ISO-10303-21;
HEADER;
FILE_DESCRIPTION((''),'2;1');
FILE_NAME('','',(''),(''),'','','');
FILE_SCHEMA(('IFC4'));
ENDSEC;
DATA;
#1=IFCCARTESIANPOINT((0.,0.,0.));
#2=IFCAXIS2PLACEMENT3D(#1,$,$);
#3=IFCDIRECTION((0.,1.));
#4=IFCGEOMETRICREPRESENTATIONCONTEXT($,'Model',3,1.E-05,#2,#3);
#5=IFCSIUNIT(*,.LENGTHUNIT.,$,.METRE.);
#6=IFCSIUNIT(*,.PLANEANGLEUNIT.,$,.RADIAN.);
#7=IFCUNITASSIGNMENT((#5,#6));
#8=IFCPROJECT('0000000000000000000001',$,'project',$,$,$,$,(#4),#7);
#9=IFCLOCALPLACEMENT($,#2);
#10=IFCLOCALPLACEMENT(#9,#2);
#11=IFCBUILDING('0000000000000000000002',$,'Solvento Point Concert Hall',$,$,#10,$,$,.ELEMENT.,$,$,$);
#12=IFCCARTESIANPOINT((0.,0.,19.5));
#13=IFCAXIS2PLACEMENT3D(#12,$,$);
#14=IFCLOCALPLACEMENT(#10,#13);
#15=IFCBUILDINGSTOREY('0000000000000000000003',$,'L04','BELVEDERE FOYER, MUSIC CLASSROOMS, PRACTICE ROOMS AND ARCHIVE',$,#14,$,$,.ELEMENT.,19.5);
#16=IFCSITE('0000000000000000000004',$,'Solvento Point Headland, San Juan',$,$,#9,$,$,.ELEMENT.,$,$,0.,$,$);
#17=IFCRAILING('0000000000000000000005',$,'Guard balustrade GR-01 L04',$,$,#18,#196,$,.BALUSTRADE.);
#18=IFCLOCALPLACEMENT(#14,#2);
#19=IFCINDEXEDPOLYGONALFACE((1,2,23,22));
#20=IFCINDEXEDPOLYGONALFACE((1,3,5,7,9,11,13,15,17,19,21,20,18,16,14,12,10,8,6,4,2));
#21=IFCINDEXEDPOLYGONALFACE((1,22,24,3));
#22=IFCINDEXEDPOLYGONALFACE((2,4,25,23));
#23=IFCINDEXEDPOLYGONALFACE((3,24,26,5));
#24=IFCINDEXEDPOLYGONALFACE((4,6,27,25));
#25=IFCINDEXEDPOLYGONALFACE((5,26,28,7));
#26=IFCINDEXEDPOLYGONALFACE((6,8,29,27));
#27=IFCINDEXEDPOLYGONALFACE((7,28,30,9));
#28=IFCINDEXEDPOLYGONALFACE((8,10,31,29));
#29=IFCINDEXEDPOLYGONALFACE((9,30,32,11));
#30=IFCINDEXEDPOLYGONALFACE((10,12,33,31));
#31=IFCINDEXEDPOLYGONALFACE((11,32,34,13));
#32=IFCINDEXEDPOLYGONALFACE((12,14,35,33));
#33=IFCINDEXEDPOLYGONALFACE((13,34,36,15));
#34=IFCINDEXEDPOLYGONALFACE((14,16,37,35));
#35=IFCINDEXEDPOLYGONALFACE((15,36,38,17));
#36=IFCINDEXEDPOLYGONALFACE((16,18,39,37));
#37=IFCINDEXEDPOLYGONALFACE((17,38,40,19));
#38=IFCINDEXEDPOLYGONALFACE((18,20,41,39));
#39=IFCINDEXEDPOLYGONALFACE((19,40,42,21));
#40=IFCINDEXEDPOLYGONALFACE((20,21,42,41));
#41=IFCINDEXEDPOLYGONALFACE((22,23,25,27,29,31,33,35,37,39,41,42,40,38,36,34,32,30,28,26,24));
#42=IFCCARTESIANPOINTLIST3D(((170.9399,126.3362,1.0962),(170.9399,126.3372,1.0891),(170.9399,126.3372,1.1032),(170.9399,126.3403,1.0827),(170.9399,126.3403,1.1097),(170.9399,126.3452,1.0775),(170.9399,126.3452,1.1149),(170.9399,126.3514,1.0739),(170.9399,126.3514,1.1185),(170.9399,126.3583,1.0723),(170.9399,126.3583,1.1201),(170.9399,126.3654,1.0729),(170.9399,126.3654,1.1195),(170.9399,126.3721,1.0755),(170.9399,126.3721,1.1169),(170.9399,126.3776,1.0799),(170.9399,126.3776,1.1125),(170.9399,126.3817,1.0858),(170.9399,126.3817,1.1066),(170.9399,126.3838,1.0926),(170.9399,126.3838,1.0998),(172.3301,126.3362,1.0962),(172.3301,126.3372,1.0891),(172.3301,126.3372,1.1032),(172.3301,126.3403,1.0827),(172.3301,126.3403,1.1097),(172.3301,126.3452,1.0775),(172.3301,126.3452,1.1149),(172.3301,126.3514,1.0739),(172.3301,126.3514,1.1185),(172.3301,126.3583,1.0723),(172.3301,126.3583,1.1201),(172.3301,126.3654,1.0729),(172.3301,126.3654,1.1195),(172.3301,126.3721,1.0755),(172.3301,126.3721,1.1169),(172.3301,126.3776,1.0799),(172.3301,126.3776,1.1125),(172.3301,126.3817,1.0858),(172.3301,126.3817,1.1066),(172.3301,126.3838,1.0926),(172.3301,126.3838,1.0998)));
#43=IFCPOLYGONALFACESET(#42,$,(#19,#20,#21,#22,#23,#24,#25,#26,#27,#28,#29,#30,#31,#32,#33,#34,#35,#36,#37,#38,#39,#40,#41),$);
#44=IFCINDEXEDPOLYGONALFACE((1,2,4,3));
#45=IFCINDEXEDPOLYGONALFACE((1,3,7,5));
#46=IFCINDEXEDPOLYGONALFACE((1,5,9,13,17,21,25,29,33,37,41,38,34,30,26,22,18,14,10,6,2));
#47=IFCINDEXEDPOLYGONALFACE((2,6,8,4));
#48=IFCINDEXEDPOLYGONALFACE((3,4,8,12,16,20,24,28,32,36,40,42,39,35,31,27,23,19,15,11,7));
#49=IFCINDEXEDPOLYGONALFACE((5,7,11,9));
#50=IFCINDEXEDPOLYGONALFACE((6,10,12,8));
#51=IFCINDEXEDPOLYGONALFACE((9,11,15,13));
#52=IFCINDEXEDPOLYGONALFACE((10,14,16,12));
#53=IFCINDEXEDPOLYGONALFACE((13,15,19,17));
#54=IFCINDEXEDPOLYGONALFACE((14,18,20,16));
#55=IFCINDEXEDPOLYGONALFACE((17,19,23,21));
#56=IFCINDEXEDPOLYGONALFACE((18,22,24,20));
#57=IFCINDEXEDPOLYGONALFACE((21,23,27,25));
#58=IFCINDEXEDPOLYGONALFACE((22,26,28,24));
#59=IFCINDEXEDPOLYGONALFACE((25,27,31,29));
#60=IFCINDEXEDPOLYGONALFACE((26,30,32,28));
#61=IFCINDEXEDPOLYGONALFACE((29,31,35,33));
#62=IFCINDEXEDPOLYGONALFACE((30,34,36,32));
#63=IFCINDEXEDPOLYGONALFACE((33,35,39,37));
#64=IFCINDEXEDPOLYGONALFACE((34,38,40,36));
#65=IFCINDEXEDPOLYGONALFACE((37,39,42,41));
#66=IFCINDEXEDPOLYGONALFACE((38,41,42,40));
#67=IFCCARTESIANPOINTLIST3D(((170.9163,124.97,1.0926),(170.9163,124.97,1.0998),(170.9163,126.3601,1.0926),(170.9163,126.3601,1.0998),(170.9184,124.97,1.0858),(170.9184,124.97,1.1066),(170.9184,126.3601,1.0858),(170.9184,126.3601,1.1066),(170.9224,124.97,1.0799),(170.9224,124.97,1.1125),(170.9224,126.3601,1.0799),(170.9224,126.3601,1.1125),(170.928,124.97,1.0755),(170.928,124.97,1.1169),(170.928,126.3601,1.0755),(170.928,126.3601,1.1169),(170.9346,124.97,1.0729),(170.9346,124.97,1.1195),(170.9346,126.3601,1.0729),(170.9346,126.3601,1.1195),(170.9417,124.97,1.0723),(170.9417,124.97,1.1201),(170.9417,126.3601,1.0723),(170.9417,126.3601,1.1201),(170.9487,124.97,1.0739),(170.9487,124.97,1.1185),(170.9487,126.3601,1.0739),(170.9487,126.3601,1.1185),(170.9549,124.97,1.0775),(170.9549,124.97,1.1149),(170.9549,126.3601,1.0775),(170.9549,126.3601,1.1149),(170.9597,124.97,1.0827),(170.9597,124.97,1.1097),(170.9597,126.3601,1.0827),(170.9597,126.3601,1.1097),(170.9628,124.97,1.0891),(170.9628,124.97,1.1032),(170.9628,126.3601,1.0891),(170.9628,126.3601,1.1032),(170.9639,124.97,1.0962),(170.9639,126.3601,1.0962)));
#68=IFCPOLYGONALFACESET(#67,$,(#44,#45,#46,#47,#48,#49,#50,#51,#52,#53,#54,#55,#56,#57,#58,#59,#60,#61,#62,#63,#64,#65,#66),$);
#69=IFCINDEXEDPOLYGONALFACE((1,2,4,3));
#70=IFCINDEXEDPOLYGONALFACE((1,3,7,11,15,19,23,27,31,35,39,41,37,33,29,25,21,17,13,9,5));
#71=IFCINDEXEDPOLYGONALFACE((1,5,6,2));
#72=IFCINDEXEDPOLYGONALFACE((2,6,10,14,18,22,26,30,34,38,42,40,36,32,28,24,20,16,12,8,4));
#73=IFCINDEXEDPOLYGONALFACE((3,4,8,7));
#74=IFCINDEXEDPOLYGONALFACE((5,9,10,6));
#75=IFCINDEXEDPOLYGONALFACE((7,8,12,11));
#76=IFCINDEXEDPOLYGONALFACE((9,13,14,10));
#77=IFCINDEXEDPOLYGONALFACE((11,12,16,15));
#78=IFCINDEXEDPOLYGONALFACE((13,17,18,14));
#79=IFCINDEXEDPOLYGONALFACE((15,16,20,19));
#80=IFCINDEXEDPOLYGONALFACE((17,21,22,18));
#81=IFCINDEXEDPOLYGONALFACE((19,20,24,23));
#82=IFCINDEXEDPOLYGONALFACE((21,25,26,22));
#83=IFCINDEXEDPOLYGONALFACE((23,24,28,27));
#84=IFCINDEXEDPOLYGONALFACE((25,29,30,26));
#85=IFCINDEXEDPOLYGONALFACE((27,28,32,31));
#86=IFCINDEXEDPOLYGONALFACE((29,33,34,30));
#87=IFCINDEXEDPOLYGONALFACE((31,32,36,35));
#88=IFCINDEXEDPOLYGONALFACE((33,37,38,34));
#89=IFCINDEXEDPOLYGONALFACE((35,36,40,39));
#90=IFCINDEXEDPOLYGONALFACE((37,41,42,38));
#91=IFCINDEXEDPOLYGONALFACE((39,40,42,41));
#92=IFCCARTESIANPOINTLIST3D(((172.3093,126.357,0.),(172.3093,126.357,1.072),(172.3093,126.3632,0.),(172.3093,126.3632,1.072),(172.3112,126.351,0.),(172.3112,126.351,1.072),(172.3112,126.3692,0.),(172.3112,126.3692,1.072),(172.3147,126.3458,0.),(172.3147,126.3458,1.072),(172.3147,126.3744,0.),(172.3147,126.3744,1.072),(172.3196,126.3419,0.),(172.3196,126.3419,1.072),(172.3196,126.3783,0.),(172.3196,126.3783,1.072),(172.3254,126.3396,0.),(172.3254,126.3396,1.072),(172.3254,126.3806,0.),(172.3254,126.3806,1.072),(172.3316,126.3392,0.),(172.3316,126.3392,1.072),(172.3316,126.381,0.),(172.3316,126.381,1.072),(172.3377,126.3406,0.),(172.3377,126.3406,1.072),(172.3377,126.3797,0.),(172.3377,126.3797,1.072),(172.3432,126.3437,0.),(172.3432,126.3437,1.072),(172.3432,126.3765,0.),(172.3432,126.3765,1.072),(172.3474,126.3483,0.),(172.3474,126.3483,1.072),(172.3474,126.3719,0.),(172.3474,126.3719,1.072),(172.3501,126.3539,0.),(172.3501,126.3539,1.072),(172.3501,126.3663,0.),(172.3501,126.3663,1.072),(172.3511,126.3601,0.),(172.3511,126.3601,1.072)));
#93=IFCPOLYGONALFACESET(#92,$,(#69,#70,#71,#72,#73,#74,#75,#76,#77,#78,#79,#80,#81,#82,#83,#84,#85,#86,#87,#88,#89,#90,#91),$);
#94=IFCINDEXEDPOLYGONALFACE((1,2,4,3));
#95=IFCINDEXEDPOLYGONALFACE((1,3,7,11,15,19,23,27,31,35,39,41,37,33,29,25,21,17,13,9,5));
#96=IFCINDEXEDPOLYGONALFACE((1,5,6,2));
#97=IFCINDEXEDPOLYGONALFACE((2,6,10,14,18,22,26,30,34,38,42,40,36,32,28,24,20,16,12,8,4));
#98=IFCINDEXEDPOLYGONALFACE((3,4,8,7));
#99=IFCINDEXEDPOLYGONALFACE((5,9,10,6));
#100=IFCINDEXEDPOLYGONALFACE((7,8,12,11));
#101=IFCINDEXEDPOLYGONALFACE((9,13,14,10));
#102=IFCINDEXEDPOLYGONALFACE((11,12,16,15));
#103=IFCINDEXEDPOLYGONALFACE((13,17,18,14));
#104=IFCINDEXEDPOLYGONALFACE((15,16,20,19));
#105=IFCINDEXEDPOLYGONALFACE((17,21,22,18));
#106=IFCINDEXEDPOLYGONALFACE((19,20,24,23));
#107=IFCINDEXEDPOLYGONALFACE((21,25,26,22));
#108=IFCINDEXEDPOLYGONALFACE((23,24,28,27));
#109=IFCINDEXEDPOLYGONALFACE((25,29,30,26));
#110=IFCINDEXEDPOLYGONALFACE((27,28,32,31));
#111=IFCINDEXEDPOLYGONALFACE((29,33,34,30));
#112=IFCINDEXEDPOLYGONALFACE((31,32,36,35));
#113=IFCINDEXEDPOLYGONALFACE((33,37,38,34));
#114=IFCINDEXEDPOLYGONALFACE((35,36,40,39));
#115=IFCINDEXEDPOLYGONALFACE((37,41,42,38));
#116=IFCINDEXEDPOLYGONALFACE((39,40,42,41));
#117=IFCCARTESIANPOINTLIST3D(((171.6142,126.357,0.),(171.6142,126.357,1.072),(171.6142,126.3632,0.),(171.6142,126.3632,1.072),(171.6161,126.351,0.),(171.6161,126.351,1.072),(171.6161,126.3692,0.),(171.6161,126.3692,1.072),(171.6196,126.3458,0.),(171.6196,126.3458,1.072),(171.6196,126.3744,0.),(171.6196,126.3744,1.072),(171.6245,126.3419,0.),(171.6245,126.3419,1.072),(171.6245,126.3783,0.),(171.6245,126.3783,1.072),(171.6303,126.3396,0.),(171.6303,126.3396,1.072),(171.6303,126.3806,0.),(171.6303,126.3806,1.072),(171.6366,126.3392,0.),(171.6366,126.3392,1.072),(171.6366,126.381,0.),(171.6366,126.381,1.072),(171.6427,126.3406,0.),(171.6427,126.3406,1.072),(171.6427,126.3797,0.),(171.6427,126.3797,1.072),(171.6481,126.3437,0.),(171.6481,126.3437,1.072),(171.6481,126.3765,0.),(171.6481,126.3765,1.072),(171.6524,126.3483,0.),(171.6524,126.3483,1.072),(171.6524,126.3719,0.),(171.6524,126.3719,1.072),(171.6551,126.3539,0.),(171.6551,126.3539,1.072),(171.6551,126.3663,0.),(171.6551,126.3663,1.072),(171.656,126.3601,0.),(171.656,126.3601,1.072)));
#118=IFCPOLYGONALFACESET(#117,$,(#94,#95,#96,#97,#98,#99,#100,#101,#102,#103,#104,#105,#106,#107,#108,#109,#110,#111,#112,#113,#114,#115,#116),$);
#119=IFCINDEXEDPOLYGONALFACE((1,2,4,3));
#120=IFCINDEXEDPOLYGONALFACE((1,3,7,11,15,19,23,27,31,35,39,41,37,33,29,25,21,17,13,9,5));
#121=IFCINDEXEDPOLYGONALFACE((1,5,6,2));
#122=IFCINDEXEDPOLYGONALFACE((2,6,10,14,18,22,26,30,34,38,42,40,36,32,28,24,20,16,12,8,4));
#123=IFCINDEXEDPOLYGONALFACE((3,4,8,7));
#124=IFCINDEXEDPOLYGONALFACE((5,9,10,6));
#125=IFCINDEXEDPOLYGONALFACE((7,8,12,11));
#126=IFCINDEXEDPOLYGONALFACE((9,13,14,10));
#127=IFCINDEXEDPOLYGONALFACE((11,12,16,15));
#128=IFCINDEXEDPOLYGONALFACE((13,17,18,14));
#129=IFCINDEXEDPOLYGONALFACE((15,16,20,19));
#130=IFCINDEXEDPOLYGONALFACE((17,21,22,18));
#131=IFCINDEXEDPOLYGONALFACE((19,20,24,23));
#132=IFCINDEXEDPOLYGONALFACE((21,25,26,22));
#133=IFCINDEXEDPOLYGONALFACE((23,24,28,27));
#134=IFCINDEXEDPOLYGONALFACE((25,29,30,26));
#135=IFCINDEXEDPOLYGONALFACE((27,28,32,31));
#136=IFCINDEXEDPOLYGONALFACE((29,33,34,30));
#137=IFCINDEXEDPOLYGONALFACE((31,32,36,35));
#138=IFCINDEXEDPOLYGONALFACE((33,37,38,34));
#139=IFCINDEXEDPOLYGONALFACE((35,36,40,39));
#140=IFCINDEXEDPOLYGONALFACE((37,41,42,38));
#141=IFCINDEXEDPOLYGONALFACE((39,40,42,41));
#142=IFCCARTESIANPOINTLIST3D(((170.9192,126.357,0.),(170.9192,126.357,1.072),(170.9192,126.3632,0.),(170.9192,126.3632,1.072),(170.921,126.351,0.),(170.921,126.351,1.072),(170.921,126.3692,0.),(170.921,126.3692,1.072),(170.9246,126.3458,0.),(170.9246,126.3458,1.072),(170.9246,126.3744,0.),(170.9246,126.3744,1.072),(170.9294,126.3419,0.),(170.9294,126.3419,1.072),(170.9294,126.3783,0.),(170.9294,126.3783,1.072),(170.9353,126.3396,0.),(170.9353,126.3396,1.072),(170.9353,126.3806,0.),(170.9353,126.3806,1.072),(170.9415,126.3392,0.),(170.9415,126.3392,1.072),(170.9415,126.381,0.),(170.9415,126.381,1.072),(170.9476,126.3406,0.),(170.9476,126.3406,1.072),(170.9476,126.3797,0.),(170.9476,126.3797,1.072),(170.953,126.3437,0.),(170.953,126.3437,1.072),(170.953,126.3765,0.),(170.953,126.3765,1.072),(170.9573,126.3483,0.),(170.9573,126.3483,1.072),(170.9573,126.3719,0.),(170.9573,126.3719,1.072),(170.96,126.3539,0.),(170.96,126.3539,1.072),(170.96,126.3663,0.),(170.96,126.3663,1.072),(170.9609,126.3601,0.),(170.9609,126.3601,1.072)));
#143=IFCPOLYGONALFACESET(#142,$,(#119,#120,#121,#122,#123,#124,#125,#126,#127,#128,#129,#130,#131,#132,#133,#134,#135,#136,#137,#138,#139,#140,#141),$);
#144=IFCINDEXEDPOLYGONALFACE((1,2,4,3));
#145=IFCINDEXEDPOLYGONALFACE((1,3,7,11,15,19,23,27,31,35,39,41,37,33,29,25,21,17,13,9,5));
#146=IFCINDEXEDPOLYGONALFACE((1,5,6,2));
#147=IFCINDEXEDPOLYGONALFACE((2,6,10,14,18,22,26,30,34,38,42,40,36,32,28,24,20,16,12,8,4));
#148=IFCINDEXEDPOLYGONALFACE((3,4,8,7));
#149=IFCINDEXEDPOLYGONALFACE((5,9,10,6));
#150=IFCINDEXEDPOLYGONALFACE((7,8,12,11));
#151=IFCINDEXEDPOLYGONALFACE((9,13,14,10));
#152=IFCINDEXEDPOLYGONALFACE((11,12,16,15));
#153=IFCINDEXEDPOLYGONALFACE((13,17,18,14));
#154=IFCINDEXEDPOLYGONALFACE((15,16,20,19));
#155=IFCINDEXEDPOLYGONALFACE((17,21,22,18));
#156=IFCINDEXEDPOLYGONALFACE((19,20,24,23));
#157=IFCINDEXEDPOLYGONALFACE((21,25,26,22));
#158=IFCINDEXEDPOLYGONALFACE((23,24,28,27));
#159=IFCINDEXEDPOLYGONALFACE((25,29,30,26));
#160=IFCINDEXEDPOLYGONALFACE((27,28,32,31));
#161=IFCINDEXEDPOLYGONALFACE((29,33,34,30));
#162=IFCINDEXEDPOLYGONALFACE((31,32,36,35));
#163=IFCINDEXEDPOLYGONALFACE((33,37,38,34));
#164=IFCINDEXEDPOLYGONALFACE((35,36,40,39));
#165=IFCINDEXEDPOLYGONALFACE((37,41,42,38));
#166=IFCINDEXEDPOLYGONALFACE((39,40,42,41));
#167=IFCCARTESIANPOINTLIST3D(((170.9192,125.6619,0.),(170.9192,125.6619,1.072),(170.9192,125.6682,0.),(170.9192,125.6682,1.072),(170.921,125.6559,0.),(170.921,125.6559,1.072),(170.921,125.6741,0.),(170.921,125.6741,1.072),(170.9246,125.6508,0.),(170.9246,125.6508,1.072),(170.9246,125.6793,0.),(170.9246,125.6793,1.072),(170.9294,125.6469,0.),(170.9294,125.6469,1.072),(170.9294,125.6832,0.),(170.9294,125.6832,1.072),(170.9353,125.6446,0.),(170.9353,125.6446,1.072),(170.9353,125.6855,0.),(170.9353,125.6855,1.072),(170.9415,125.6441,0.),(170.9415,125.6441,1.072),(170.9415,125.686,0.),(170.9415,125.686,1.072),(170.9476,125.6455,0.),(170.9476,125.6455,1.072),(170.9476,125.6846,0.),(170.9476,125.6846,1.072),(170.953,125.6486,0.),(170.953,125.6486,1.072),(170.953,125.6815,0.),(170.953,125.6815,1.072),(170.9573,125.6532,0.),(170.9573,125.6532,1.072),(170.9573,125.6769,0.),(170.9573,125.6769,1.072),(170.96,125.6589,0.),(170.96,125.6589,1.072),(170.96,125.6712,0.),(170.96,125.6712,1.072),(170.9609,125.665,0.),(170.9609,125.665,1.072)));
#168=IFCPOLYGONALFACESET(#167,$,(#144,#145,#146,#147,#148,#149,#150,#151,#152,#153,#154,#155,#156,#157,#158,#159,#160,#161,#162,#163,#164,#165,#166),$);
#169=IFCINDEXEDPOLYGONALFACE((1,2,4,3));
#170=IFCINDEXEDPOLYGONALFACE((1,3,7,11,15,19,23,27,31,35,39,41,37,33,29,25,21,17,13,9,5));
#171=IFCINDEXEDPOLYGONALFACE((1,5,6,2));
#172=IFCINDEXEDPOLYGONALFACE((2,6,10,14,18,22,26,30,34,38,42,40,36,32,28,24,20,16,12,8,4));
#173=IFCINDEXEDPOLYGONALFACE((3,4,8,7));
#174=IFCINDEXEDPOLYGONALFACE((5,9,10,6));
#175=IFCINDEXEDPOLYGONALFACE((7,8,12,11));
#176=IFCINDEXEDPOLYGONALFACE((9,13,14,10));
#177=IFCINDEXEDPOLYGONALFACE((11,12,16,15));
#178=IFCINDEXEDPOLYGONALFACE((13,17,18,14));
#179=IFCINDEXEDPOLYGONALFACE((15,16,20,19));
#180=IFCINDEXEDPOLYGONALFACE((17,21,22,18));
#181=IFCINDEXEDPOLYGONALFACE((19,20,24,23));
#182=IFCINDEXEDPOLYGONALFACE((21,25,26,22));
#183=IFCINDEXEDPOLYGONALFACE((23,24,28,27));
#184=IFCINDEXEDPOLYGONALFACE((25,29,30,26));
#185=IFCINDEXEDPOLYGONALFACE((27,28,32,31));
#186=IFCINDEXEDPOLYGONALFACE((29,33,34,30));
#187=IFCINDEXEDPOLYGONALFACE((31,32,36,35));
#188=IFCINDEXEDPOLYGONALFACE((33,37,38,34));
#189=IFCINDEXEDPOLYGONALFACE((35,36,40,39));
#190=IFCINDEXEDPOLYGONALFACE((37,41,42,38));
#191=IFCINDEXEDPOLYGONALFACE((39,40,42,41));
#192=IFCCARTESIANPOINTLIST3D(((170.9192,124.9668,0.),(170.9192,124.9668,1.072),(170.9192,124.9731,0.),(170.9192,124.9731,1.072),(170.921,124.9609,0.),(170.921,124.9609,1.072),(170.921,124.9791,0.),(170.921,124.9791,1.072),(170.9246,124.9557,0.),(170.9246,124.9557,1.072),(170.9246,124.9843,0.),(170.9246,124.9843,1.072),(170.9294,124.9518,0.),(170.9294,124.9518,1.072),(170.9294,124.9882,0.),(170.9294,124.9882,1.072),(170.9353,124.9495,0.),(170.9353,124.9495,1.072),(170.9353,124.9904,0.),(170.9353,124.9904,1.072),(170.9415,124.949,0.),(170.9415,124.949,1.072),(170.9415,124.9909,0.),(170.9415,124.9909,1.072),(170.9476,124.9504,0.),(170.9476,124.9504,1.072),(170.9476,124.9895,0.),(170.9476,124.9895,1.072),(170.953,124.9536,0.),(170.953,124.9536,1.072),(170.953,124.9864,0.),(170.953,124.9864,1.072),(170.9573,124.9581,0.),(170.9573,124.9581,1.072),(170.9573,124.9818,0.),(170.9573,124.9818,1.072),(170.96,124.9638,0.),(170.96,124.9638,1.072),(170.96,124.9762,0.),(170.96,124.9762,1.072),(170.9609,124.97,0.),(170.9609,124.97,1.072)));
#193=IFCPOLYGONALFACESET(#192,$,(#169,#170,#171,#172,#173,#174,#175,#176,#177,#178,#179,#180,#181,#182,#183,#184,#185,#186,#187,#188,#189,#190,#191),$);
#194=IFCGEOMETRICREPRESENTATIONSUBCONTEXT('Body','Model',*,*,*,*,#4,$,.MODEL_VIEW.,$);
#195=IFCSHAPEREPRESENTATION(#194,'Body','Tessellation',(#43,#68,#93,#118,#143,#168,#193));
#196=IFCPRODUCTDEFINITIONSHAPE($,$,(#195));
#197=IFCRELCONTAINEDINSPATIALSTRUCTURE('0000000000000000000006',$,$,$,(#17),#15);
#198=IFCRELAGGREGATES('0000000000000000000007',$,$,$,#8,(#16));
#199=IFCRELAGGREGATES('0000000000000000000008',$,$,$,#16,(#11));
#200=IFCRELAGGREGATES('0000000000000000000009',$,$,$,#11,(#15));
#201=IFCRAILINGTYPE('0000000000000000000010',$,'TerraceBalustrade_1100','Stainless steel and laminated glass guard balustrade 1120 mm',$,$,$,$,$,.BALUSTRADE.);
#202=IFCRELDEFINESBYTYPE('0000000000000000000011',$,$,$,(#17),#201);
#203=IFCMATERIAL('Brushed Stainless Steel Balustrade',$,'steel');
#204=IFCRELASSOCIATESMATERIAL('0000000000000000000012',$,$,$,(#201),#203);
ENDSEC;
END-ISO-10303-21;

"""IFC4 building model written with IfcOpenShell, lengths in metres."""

from ifc_helpers import new_model, si_unit, direction, frame, origin, origin_2d, place, context, subcontext, project, spatial, circle, extrude, material, type_object, element, save


model = new_model("IFC4")

# Units and contexts
model_context = context("Model", 3, precision=1e-05, world=origin(), true_north=direction((0.0, 1.0)))
body_context = subcontext(model_context, "Body", "Model", "MODEL_VIEW")
ifc_project = project(units=[si_unit("LENGTHUNIT", "METRE"), si_unit("PLANEANGLEUNIT", "RADIAN")], contexts=[model_context])

# Site, building, storey
site_placement = place(None, origin())
site = spatial("IfcSite", under=ifc_project, at=site_placement, Name="Solvento Point Headland, San Juan", CompositionType="ELEMENT", RefElevation=0.0)
building_placement = place(site_placement, origin())
building = spatial("IfcBuilding", under=site, at=building_placement, Name="Solvento Point Concert Hall", CompositionType="ELEMENT")
storey_placement = place(building_placement, frame((0.0, 0.0, 19.5)))
storey = spatial("IfcBuildingStorey", under=building, at=storey_placement, Name="L04", Description="BELVEDERE FOYER, MUSIC CLASSROOMS, PRACTICE ROOMS AND ARCHIVE", CompositionType="ELEMENT", Elevation=19.5)

# Railing
ifc_material_1 = material(Name="Brushed Stainless Steel Balustrade", Category="steel")
railing_type = type_object("IfcRailingType", Name="TerraceBalustrade_1100", Description="Stainless steel and laminated glass guard balustrade 1120 mm", PredefinedType="BALUSTRADE", material=ifc_material_1)
railing_1_placement = place(storey_placement, frame((172.3301, 126.3601, 0.0)))
element("IfcRailing", 1, at=railing_1_placement, inside=storey, type_object=railing_type, Name="Guard balustrade GR-01 L04", PredefinedType="BALUSTRADE", context=body_context, shape_type="SweptSolid", body=[
    extrude(circle(Radius=0.0239, at=origin_2d()), frame((0.0, 0.0, 1.0962), z_axis=(-1.0, 0.0, 0.0), x_axis=(0.0, -1.0, 0.0)), (0.0, 0.0, 1.0), 1.3901),
    extrude(circle(Radius=0.0239, at=origin_2d()), frame((-1.3901, 0.0, 1.0962), z_axis=(0.0, -1.0, 0.0), x_axis=(1.0, 0.0, 0.0)), (0.0, 0.0, 1.0), 1.3901),
    extrude(circle(Radius=0.021, at=origin_2d()), origin(), (0.0, 0.0, 1.0), 1.072),
    extrude(circle(Radius=0.021, at=origin_2d()), frame((-0.6951, 0.0, 0.0)), (0.0, 0.0, 1.0), 1.072),
    extrude(circle(Radius=0.021, at=origin_2d()), frame((-1.3901, 0.0, 0.0)), (0.0, 0.0, 1.0), 1.072),
    extrude(circle(Radius=0.021, at=origin_2d()), frame((-1.3901, -0.6951, 0.0)), (0.0, 0.0, 1.0), 1.072),
    extrude(circle(Radius=0.021, at=origin_2d()), frame((-1.3901, -1.3901, 0.0)), (0.0, 0.0, 1.0), 1.072),
])

save(model, "model.ifc")
